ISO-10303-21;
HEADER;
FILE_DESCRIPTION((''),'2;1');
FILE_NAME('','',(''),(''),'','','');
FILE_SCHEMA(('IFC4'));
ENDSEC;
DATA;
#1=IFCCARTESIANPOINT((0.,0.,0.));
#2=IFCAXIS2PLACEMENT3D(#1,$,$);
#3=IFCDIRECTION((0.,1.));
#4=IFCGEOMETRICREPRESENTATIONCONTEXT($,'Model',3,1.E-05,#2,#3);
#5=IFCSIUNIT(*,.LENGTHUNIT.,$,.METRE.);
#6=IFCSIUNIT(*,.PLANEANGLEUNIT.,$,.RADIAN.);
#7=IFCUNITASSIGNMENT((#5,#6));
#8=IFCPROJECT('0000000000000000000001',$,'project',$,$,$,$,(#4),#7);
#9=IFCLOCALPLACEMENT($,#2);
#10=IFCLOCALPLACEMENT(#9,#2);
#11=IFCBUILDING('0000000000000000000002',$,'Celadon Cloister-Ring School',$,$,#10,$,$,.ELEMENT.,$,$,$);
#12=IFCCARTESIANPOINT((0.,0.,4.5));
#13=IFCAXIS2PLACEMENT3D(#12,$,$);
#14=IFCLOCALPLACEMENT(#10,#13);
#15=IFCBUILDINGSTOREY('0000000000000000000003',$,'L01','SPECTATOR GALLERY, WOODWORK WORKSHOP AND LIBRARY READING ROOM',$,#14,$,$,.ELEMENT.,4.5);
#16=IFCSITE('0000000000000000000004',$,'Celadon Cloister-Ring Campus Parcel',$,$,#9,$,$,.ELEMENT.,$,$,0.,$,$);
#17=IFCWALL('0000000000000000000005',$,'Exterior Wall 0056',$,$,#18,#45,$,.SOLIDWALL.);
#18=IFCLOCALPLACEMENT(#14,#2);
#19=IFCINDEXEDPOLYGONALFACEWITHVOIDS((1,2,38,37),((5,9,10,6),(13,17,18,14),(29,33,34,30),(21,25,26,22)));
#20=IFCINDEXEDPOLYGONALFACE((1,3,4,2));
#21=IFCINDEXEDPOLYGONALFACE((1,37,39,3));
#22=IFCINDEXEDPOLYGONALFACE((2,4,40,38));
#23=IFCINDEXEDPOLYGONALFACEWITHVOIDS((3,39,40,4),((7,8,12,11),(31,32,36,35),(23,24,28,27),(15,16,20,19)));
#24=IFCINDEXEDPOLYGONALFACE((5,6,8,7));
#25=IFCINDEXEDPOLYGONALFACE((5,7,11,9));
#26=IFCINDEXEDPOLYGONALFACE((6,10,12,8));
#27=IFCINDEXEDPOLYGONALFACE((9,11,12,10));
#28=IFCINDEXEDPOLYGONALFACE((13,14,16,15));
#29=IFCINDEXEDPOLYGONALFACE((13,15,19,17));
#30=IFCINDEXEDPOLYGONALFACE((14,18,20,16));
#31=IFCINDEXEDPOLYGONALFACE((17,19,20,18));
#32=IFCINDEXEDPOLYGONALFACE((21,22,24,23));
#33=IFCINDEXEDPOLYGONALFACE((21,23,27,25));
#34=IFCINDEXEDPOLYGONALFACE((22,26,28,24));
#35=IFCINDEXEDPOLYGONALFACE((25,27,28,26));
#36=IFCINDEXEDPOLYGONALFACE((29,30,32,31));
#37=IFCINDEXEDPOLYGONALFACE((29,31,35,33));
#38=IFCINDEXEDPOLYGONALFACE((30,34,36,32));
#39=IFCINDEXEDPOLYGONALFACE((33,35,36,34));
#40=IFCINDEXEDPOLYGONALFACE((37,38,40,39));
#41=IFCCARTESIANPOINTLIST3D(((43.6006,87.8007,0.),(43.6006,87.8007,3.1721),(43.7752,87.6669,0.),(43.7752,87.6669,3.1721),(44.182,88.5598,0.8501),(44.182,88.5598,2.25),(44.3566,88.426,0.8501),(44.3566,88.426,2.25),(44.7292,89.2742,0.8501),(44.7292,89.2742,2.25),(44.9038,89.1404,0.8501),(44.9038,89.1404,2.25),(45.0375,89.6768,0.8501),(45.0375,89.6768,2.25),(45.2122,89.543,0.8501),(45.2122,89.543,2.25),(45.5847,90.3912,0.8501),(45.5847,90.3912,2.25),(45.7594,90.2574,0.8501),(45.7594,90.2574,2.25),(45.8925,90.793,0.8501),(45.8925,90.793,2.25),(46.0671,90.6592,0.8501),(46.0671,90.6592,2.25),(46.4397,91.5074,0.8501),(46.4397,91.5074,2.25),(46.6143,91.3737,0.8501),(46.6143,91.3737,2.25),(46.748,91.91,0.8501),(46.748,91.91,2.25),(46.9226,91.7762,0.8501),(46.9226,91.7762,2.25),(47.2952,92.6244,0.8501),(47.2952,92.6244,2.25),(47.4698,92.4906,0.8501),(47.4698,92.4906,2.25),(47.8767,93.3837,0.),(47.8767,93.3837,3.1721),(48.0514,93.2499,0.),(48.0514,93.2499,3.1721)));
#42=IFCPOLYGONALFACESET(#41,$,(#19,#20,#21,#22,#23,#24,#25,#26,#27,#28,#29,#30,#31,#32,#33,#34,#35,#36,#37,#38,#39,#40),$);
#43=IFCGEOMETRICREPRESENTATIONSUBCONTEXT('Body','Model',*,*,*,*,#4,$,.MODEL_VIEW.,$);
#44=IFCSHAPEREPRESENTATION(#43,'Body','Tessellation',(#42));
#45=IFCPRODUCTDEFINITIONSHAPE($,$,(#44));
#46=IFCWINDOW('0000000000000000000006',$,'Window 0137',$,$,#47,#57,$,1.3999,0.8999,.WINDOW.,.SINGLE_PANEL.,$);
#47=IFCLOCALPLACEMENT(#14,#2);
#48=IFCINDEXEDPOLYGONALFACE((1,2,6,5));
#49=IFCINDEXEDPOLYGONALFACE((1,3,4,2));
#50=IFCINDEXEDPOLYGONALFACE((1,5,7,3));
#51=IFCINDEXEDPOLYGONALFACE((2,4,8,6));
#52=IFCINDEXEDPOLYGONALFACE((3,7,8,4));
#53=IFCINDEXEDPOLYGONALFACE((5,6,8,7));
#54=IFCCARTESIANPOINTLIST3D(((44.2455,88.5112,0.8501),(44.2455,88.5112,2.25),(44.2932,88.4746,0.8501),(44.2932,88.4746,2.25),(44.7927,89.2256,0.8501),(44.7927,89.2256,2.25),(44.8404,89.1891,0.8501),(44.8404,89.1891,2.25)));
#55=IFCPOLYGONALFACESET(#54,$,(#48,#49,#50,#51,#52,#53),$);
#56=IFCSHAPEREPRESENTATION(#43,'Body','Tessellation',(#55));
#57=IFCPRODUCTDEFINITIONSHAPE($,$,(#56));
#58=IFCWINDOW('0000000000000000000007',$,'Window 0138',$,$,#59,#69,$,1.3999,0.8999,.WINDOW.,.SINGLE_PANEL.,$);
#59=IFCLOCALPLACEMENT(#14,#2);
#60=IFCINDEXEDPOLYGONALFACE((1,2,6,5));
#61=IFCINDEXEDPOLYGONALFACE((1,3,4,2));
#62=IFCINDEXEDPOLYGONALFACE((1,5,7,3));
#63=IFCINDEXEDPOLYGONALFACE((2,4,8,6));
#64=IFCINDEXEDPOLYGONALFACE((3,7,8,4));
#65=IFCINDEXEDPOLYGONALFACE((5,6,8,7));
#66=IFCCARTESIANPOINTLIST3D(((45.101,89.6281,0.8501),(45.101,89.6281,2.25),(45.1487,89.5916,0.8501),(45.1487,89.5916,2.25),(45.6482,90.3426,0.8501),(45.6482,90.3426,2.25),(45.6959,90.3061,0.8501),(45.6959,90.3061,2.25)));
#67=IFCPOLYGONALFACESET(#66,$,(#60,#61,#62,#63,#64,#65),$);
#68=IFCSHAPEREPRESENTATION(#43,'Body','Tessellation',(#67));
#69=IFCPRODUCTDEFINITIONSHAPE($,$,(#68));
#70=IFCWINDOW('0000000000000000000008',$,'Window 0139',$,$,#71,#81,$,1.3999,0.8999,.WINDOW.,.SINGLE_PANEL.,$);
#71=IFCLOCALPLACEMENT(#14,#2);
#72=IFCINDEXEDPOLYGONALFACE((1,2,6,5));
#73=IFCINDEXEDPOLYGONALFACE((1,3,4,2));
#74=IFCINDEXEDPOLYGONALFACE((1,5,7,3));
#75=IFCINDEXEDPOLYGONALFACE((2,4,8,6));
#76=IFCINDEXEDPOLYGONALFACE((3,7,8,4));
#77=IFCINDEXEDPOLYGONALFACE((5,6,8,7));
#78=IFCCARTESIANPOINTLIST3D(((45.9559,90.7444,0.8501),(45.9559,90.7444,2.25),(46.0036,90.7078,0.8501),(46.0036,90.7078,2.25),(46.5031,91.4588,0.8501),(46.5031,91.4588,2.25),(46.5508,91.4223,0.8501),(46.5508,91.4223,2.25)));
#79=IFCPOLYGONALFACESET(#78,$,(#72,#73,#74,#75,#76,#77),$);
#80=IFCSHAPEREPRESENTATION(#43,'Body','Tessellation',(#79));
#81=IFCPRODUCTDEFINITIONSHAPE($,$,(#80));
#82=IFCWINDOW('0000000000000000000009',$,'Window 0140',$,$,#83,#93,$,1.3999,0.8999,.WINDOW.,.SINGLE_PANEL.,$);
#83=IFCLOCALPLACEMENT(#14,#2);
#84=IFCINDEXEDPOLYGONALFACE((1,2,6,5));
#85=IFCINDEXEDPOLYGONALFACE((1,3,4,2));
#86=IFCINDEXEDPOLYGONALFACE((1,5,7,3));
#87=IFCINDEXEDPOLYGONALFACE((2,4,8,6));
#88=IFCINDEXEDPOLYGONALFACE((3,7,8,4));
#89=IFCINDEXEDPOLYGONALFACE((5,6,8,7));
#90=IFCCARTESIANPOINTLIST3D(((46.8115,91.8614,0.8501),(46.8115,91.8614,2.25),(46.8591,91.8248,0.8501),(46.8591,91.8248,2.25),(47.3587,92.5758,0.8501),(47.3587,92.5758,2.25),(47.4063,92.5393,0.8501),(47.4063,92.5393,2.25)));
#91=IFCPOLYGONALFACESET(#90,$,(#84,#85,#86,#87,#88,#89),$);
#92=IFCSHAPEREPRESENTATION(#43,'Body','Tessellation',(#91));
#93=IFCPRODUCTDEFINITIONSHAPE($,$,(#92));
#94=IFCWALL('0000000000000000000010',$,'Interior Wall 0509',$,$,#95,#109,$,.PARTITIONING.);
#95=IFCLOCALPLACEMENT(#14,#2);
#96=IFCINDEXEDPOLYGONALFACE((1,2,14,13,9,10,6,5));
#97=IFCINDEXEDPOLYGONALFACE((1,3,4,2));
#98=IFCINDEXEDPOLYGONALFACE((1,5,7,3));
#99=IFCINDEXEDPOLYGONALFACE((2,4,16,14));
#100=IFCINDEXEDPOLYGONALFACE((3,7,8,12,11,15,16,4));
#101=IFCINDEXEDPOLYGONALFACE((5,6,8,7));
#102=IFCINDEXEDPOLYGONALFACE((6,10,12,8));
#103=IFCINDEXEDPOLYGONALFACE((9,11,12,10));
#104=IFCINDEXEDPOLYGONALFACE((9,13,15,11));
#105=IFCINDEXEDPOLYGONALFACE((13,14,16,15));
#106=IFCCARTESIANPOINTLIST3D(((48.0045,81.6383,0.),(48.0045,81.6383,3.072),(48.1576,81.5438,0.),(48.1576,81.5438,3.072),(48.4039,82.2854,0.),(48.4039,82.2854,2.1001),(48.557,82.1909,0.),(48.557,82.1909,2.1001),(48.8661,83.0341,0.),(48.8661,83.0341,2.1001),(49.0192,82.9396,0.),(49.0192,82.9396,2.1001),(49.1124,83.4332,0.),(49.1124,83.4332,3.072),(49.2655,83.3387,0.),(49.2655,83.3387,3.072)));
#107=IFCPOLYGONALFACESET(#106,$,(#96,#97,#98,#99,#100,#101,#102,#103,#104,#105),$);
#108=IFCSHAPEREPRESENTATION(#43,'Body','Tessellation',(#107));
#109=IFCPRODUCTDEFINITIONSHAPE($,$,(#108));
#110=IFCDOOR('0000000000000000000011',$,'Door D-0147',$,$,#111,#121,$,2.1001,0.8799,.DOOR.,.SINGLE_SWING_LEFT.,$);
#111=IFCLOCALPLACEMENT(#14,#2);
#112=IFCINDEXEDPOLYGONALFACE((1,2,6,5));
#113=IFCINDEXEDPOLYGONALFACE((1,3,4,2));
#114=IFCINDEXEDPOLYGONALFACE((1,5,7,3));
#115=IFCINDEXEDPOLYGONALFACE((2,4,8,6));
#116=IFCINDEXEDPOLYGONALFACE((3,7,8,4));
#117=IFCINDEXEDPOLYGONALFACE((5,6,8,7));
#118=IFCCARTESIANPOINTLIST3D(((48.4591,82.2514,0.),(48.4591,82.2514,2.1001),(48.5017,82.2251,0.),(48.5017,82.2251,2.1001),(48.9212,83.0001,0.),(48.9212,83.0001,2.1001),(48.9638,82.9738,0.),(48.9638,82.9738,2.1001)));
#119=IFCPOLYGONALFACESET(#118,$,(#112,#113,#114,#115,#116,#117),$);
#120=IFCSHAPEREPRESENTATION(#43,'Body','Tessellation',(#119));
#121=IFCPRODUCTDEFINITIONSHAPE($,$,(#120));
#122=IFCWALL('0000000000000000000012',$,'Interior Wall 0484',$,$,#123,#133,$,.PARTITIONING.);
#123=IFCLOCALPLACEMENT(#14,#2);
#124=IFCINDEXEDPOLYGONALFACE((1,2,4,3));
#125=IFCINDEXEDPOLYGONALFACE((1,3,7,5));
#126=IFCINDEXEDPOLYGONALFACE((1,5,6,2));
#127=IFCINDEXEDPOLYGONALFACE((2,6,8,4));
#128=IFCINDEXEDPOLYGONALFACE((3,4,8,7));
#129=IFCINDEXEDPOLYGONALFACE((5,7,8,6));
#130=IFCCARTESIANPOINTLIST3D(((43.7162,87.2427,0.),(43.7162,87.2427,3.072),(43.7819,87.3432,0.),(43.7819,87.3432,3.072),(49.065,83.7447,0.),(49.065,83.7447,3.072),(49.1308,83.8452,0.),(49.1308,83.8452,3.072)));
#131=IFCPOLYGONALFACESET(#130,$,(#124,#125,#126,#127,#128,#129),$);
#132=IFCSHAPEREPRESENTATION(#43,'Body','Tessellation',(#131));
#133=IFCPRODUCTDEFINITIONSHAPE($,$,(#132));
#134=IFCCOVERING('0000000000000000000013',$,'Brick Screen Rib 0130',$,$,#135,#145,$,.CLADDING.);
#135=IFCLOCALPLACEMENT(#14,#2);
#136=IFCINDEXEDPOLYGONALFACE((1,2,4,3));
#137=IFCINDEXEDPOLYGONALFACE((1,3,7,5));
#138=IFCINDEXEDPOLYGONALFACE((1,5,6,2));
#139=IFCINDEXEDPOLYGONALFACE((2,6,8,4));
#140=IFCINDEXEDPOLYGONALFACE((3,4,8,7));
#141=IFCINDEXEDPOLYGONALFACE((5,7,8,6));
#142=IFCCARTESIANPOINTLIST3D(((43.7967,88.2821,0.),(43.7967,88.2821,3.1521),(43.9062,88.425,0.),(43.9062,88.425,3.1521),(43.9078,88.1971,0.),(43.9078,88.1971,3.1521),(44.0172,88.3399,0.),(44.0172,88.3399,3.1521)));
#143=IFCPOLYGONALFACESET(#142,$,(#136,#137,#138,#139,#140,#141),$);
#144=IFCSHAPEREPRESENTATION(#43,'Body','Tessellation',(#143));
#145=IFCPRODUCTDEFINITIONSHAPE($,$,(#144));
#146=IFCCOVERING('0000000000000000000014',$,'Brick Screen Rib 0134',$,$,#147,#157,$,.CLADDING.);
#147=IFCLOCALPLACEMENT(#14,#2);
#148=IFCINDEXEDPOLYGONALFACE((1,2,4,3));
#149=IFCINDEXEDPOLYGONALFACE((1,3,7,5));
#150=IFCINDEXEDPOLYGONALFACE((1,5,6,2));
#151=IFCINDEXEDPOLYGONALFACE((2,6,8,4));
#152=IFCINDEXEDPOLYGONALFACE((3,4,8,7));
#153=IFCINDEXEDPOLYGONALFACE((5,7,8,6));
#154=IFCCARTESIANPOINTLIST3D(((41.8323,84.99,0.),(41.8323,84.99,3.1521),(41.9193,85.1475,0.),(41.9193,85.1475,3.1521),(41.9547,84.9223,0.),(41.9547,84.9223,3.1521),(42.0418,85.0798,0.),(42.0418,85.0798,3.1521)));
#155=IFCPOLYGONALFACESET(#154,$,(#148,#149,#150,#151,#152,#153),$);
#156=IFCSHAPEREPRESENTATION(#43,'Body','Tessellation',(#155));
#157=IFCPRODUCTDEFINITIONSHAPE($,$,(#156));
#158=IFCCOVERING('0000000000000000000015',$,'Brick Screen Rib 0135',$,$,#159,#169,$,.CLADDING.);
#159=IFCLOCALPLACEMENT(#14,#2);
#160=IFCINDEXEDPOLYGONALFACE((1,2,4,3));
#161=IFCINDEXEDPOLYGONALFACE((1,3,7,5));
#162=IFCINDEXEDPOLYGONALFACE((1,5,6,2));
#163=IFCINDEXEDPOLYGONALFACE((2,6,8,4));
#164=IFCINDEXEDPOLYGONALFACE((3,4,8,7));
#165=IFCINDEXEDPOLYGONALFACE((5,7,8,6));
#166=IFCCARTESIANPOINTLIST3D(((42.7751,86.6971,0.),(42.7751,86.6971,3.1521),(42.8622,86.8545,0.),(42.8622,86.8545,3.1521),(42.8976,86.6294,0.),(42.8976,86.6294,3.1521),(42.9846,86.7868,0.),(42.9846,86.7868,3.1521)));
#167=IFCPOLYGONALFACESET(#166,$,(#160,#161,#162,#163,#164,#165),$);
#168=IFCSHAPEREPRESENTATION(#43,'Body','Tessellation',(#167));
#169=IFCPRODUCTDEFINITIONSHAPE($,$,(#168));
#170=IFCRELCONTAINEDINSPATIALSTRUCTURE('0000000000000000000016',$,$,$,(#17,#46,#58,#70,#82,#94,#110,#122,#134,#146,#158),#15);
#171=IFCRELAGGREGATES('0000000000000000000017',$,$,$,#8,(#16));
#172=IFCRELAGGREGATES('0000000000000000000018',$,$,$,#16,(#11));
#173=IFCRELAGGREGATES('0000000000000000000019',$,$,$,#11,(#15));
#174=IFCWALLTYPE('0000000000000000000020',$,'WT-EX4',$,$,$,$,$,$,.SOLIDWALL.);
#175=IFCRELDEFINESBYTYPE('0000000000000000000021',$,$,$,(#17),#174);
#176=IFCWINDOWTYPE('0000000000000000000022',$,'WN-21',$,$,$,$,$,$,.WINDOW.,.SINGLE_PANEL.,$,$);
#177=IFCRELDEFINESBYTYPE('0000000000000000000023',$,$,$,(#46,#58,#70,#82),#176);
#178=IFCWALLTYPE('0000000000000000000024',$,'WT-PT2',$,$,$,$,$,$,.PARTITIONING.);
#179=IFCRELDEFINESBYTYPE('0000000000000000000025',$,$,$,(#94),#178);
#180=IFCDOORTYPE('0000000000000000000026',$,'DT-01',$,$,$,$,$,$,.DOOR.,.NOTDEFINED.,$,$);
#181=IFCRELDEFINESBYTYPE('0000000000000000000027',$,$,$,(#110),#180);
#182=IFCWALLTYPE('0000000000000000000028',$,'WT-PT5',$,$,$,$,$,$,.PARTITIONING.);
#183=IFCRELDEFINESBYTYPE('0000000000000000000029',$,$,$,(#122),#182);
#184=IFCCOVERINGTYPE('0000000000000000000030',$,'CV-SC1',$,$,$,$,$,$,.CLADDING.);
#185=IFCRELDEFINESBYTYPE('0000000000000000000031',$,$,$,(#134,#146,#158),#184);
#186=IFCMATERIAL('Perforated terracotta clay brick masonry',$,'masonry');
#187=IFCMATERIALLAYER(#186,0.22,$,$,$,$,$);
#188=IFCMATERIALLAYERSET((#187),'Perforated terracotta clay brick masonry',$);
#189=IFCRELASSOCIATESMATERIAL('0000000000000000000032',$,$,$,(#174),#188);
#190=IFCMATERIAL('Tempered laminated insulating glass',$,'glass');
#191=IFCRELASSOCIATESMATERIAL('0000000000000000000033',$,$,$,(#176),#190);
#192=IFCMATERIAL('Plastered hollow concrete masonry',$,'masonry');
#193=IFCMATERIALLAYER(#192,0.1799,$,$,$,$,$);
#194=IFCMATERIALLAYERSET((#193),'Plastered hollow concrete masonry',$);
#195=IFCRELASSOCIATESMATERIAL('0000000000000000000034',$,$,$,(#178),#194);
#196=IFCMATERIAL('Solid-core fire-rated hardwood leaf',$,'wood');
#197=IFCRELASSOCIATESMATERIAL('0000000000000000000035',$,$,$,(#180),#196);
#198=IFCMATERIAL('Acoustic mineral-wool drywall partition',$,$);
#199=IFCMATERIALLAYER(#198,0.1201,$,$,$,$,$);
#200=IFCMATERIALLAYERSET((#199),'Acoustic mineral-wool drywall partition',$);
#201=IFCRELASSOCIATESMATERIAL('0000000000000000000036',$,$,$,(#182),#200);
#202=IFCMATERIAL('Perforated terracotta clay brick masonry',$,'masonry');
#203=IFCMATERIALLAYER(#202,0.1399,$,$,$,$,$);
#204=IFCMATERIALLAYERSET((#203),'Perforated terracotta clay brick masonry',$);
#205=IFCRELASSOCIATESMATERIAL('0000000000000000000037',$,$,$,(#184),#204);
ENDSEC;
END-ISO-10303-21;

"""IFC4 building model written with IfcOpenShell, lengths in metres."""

from ifc_helpers import new_model, si_unit, direction, frame, frame_2d, origin, origin_2d, place, context, subcontext, project, spatial, rectangle, extrude, material, layer, layer_set, type_object, element, fill, save


model = new_model("IFC4")

# Units and contexts
model_context = context("Model", 3, precision=1e-05, world=origin(), true_north=direction((0.0, 1.0)))
body_context = subcontext(model_context, "Body", "Model", "MODEL_VIEW")
ifc_project = project(units=[si_unit("LENGTHUNIT", "METRE"), si_unit("PLANEANGLEUNIT", "RADIAN")], contexts=[model_context])

# Site, building, storey
site_placement = place(None, origin())
site = spatial("IfcSite", under=ifc_project, at=site_placement, Name="Celadon Cloister-Ring Campus Parcel", CompositionType="ELEMENT", RefElevation=0.0)
building_placement = place(site_placement, origin())
building = spatial("IfcBuilding", under=site, at=building_placement, Name="Celadon Cloister-Ring School", CompositionType="ELEMENT")
storey_placement = place(building_placement, frame((0.0, 0.0, 4.5)))
storey = spatial("IfcBuildingStorey", under=building, at=storey_placement, Name="L01", Description="SPECTATOR GALLERY, WOODWORK WORKSHOP AND LIBRARY READING ROOM", CompositionType="ELEMENT", Elevation=4.5)

# Wall, openings, windows
ifc_material_1 = material(Name="Perforated terracotta clay brick masonry", Category="masonry")
ifc_layer_1 = layer(ifc_material_1, 0.22)
ifc_layer_set_1 = layer_set([ifc_layer_1], Name="Perforated terracotta clay brick masonry")
wall_type_1 = type_object("IfcWallType", Name="WT-EX4", PredefinedType="SOLIDWALL", material=ifc_layer_set_1)
wall_1_placement = place(storey_placement, frame((43.688, 87.7339, 0.0), z_axis=(0.0, 0.0, 1.0), x_axis=(0.608057, 0.793893, 0.0)))
wall_1 = element("IfcWall", 1, at=wall_1_placement, inside=storey, type_object=wall_type_1, Name="Exterior Wall 0056", PredefinedType="SOLIDWALL", context=body_context, shape_type="SweptSolid", body=[
    extrude(rectangle(XDim=7.0325, YDim=0.22, at=frame_2d((3.5161, 0.0))), origin(), (0.0, 0.0, 1.0), 3.1721),
])
opening_1_placement = place(wall_1_placement, frame((0.9561, 0.0, 0.8501)))
opening_1 = element("IfcOpeningElement", 2, at=opening_1_placement, cuts=wall_1, PredefinedType="OPENING", context=body_context, shape_type="SweptSolid", body=[
    extrude(rectangle(XDim=0.8999, YDim=1.3999, at=frame_2d((0.45, 0.7))), frame((0.0, 0.1201, 0.0), z_axis=(0.0, -1.0, 0.0), x_axis=(1.0, 0.0, 0.0)), (0.0, 0.0, 1.0), 0.24),
])
opening_2_placement = place(wall_1_placement, frame((2.363, 0.0, 0.8501)))
opening_2 = element("IfcOpeningElement", 3, at=opening_2_placement, cuts=wall_1, PredefinedType="OPENING", context=body_context, shape_type="SweptSolid", body=[
    extrude(rectangle(XDim=0.8999, YDim=1.3999, at=frame_2d((0.45, 0.7))), frame((0.0, 0.1201, 0.0), z_axis=(0.0, -1.0, 0.0), x_axis=(1.0, 0.0, 0.0)), (0.0, 0.0, 1.0), 0.24),
])
opening_3_placement = place(wall_1_placement, frame((3.769, 0.0, 0.8501)))
opening_3 = element("IfcOpeningElement", 4, at=opening_3_placement, cuts=wall_1, PredefinedType="OPENING", context=body_context, shape_type="SweptSolid", body=[
    extrude(rectangle(XDim=0.8999, YDim=1.3999, at=frame_2d((0.45, 0.7))), frame((0.0, 0.1201, 0.0), z_axis=(0.0, -1.0, 0.0), x_axis=(1.0, 0.0, 0.0)), (0.0, 0.0, 1.0), 0.24),
])
opening_4_placement = place(wall_1_placement, frame((5.176, 0.0, 0.8501)))
opening_4 = element("IfcOpeningElement", 5, at=opening_4_placement, cuts=wall_1, PredefinedType="OPENING", context=body_context, shape_type="SweptSolid", body=[
    extrude(rectangle(XDim=0.8999, YDim=1.3999, at=frame_2d((0.45, 0.7))), frame((0.0, 0.1201, 0.0), z_axis=(0.0, -1.0, 0.0), x_axis=(1.0, 0.0, 0.0)), (0.0, 0.0, 1.0), 0.24),
])
ifc_material_2 = material(Name="Tempered laminated insulating glass", Category="glass")
window_type = type_object("IfcWindowType", Name="WN-21", PartitioningType="SINGLE_PANEL", PredefinedType="WINDOW", material=ifc_material_2)
window_1_placement = place(opening_1_placement, origin())
window_1 = element("IfcWindow", 6, at=window_1_placement, inside=storey, type_object=window_type, Name="Window 0137", OverallHeight=1.3999, OverallWidth=0.8999, PartitioningType="SINGLE_PANEL", PredefinedType="WINDOW", context=body_context, shape_type="SweptSolid", body=[
    extrude(rectangle(XDim=0.8999, YDim=1.3999, at=frame_2d((0.45, 0.7))), frame((0.0, 0.03, 0.0), z_axis=(0.0, -1.0, 0.0), x_axis=(1.0, 0.0, 0.0)), (0.0, 0.0, 1.0), 0.0601),
])
fill(opening_1, window_1)
window_2_placement = place(opening_2_placement, origin())
window_2 = element("IfcWindow", 7, at=window_2_placement, inside=storey, type_object=window_type, Name="Window 0138", OverallHeight=1.3999, OverallWidth=0.8999, PartitioningType="SINGLE_PANEL", PredefinedType="WINDOW", context=body_context, shape_type="SweptSolid", body=[
    extrude(rectangle(XDim=0.8999, YDim=1.3999, at=frame_2d((0.45, 0.7))), frame((0.0, 0.03, 0.0), z_axis=(0.0, -1.0, 0.0), x_axis=(1.0, 0.0, 0.0)), (0.0, 0.0, 1.0), 0.0601),
])
fill(opening_2, window_2)
window_3_placement = place(opening_3_placement, origin())
window_3 = element("IfcWindow", 8, at=window_3_placement, inside=storey, type_object=window_type, Name="Window 0139", OverallHeight=1.3999, OverallWidth=0.8999, PartitioningType="SINGLE_PANEL", PredefinedType="WINDOW", context=body_context, shape_type="SweptSolid", body=[
    extrude(rectangle(XDim=0.8999, YDim=1.3999, at=frame_2d((0.45, 0.7))), frame((0.0, 0.03, 0.0), z_axis=(0.0, -1.0, 0.0), x_axis=(1.0, 0.0, 0.0)), (0.0, 0.0, 1.0), 0.0601),
])
fill(opening_3, window_3)
window_4_placement = place(opening_4_placement, origin())
window_4 = element("IfcWindow", 9, at=window_4_placement, inside=storey, type_object=window_type, Name="Window 0140", OverallHeight=1.3999, OverallWidth=0.8999, PartitioningType="SINGLE_PANEL", PredefinedType="WINDOW", context=body_context, shape_type="SweptSolid", body=[
    extrude(rectangle(XDim=0.8999, YDim=1.3999, at=frame_2d((0.45, 0.7))), frame((0.0, 0.03, 0.0), z_axis=(0.0, -1.0, 0.0), x_axis=(1.0, 0.0, 0.0)), (0.0, 0.0, 1.0), 0.0601),
])
fill(opening_4, window_4)

# Wall, opening, door
ifc_material_3 = material(Name="Plastered hollow concrete masonry", Category="masonry")
ifc_layer_2 = layer(ifc_material_3, 0.1799)
ifc_layer_set_2 = layer_set([ifc_layer_2], Name="Plastered hollow concrete masonry")
wall_type_2 = type_object("IfcWallType", Name="WT-PT2", PredefinedType="PARTITIONING", material=ifc_layer_set_2)
wall_2_placement = place(storey_placement, frame((49.189, 83.386, 0.0), z_axis=(0.0, 0.0, 1.0), x_axis=(-0.525246, -0.85095, 0.0)))
wall_2 = element("IfcWall", 10, at=wall_2_placement, inside=storey, type_object=wall_type_2, Name="Interior Wall 0509", PredefinedType="PARTITIONING", context=body_context, shape_type="SweptSolid", body=[
    extrude(rectangle(XDim=2.1094, YDim=0.1799, at=frame_2d((1.0547, 0.0))), origin(), (0.0, 0.0, 1.0), 3.072),
])
opening_5_placement = place(wall_2_placement, frame((0.469, 0.0, 0.0)))
opening_5 = element("IfcOpeningElement", 11, at=opening_5_placement, cuts=wall_2, PredefinedType="OPENING", context=body_context, shape_type="SweptSolid", body=[
    extrude(rectangle(XDim=0.8799, YDim=2.1001, at=frame_2d((0.4399, 1.05))), frame((0.0, 0.1001, 0.0), z_axis=(0.0, -1.0, 0.0), x_axis=(1.0, 0.0, 0.0)), (0.0, 0.0, 1.0), 0.2),
])
ifc_material_4 = material(Name="Solid-core fire-rated hardwood leaf", Category="wood")
door_type = type_object("IfcDoorType", Name="DT-01", OperationType="NOTDEFINED", PredefinedType="DOOR", material=ifc_material_4)
door_placement = place(opening_5_placement, origin())
door = element("IfcDoor", 12, at=door_placement, inside=storey, type_object=door_type, Name="Door D-0147", OperationType="SINGLE_SWING_LEFT", OverallHeight=2.1001, OverallWidth=0.8799, PredefinedType="DOOR", context=body_context, shape_type="SweptSolid", body=[
    extrude(rectangle(XDim=0.8799, YDim=2.1001, at=frame_2d((0.4399, 1.05))), frame((0.0, 0.0249, 0.0), z_axis=(0.0, -1.0, 0.0), x_axis=(1.0, 0.0, 0.0)), (0.0, 0.0, 1.0), 0.05),
])
fill(opening_5, door)

# Wall
ifc_material_5 = material(Name="Acoustic mineral-wool drywall partition")
ifc_layer_3 = layer(ifc_material_5, 0.1201)
ifc_layer_set_3 = layer_set([ifc_layer_3], Name="Acoustic mineral-wool drywall partition")
wall_type_3 = type_object("IfcWallType", Name="WT-PT5", PredefinedType="PARTITIONING", material=ifc_layer_set_3)
wall_3_placement = place(storey_placement, frame((49.0979, 83.7949, 0.0), z_axis=(0.0, 0.0, 1.0), x_axis=(-0.836919, 0.547327, 0.0)))
element("IfcWall", 13, at=wall_3_placement, inside=storey, type_object=wall_type_3, Name="Interior Wall 0484", PredefinedType="PARTITIONING", context=body_context, shape_type="SweptSolid", body=[
    extrude(rectangle(XDim=6.3911, YDim=0.1201, at=frame_2d((3.1956, 0.0))), origin(), (0.0, 0.0, 1.0), 3.072),
])

# Coverings
ifc_material_6 = material(Name="Perforated terracotta clay brick masonry", Category="masonry")
ifc_layer_4 = layer(ifc_material_6, 0.1399)
ifc_layer_set_4 = layer_set([ifc_layer_4], Name="Perforated terracotta clay brick masonry")
covering_type = type_object("IfcCoveringType", Name="CV-SC1", PredefinedType="CLADDING", material=ifc_layer_set_4)
for number, where, z_axis, x_axis, name in (
    (14, (43.907, 88.311, 0.0), (0.0, 0.0, 1.0), (0.608041, 0.793906, 0.0), "Brick Screen Rib 0130"),
    (15, (41.937, 85.0349, 0.0), (0.0, 0.0, 1.0), (0.483863, 0.875144, 0.0), "Brick Screen Rib 0134"),
    (16, (42.8799, 86.7419, 0.0), (0.0, 0.0, 1.0), (0.483863, 0.875144, 0.0), "Brick Screen Rib 0135"),
):
    element("IfcCovering", number, at=place(storey_placement, frame(where, z_axis=z_axis, x_axis=x_axis)), inside=storey, type_object=covering_type, Name=name, PredefinedType="CLADDING", context=body_context, shape_type="SweptSolid", body=[
        extrude(rectangle(XDim=0.1799, YDim=0.1399, at=origin_2d()), origin(), (0.0, 0.0, 1.0), 3.1521),
    ])

save(model, "model.ifc")
